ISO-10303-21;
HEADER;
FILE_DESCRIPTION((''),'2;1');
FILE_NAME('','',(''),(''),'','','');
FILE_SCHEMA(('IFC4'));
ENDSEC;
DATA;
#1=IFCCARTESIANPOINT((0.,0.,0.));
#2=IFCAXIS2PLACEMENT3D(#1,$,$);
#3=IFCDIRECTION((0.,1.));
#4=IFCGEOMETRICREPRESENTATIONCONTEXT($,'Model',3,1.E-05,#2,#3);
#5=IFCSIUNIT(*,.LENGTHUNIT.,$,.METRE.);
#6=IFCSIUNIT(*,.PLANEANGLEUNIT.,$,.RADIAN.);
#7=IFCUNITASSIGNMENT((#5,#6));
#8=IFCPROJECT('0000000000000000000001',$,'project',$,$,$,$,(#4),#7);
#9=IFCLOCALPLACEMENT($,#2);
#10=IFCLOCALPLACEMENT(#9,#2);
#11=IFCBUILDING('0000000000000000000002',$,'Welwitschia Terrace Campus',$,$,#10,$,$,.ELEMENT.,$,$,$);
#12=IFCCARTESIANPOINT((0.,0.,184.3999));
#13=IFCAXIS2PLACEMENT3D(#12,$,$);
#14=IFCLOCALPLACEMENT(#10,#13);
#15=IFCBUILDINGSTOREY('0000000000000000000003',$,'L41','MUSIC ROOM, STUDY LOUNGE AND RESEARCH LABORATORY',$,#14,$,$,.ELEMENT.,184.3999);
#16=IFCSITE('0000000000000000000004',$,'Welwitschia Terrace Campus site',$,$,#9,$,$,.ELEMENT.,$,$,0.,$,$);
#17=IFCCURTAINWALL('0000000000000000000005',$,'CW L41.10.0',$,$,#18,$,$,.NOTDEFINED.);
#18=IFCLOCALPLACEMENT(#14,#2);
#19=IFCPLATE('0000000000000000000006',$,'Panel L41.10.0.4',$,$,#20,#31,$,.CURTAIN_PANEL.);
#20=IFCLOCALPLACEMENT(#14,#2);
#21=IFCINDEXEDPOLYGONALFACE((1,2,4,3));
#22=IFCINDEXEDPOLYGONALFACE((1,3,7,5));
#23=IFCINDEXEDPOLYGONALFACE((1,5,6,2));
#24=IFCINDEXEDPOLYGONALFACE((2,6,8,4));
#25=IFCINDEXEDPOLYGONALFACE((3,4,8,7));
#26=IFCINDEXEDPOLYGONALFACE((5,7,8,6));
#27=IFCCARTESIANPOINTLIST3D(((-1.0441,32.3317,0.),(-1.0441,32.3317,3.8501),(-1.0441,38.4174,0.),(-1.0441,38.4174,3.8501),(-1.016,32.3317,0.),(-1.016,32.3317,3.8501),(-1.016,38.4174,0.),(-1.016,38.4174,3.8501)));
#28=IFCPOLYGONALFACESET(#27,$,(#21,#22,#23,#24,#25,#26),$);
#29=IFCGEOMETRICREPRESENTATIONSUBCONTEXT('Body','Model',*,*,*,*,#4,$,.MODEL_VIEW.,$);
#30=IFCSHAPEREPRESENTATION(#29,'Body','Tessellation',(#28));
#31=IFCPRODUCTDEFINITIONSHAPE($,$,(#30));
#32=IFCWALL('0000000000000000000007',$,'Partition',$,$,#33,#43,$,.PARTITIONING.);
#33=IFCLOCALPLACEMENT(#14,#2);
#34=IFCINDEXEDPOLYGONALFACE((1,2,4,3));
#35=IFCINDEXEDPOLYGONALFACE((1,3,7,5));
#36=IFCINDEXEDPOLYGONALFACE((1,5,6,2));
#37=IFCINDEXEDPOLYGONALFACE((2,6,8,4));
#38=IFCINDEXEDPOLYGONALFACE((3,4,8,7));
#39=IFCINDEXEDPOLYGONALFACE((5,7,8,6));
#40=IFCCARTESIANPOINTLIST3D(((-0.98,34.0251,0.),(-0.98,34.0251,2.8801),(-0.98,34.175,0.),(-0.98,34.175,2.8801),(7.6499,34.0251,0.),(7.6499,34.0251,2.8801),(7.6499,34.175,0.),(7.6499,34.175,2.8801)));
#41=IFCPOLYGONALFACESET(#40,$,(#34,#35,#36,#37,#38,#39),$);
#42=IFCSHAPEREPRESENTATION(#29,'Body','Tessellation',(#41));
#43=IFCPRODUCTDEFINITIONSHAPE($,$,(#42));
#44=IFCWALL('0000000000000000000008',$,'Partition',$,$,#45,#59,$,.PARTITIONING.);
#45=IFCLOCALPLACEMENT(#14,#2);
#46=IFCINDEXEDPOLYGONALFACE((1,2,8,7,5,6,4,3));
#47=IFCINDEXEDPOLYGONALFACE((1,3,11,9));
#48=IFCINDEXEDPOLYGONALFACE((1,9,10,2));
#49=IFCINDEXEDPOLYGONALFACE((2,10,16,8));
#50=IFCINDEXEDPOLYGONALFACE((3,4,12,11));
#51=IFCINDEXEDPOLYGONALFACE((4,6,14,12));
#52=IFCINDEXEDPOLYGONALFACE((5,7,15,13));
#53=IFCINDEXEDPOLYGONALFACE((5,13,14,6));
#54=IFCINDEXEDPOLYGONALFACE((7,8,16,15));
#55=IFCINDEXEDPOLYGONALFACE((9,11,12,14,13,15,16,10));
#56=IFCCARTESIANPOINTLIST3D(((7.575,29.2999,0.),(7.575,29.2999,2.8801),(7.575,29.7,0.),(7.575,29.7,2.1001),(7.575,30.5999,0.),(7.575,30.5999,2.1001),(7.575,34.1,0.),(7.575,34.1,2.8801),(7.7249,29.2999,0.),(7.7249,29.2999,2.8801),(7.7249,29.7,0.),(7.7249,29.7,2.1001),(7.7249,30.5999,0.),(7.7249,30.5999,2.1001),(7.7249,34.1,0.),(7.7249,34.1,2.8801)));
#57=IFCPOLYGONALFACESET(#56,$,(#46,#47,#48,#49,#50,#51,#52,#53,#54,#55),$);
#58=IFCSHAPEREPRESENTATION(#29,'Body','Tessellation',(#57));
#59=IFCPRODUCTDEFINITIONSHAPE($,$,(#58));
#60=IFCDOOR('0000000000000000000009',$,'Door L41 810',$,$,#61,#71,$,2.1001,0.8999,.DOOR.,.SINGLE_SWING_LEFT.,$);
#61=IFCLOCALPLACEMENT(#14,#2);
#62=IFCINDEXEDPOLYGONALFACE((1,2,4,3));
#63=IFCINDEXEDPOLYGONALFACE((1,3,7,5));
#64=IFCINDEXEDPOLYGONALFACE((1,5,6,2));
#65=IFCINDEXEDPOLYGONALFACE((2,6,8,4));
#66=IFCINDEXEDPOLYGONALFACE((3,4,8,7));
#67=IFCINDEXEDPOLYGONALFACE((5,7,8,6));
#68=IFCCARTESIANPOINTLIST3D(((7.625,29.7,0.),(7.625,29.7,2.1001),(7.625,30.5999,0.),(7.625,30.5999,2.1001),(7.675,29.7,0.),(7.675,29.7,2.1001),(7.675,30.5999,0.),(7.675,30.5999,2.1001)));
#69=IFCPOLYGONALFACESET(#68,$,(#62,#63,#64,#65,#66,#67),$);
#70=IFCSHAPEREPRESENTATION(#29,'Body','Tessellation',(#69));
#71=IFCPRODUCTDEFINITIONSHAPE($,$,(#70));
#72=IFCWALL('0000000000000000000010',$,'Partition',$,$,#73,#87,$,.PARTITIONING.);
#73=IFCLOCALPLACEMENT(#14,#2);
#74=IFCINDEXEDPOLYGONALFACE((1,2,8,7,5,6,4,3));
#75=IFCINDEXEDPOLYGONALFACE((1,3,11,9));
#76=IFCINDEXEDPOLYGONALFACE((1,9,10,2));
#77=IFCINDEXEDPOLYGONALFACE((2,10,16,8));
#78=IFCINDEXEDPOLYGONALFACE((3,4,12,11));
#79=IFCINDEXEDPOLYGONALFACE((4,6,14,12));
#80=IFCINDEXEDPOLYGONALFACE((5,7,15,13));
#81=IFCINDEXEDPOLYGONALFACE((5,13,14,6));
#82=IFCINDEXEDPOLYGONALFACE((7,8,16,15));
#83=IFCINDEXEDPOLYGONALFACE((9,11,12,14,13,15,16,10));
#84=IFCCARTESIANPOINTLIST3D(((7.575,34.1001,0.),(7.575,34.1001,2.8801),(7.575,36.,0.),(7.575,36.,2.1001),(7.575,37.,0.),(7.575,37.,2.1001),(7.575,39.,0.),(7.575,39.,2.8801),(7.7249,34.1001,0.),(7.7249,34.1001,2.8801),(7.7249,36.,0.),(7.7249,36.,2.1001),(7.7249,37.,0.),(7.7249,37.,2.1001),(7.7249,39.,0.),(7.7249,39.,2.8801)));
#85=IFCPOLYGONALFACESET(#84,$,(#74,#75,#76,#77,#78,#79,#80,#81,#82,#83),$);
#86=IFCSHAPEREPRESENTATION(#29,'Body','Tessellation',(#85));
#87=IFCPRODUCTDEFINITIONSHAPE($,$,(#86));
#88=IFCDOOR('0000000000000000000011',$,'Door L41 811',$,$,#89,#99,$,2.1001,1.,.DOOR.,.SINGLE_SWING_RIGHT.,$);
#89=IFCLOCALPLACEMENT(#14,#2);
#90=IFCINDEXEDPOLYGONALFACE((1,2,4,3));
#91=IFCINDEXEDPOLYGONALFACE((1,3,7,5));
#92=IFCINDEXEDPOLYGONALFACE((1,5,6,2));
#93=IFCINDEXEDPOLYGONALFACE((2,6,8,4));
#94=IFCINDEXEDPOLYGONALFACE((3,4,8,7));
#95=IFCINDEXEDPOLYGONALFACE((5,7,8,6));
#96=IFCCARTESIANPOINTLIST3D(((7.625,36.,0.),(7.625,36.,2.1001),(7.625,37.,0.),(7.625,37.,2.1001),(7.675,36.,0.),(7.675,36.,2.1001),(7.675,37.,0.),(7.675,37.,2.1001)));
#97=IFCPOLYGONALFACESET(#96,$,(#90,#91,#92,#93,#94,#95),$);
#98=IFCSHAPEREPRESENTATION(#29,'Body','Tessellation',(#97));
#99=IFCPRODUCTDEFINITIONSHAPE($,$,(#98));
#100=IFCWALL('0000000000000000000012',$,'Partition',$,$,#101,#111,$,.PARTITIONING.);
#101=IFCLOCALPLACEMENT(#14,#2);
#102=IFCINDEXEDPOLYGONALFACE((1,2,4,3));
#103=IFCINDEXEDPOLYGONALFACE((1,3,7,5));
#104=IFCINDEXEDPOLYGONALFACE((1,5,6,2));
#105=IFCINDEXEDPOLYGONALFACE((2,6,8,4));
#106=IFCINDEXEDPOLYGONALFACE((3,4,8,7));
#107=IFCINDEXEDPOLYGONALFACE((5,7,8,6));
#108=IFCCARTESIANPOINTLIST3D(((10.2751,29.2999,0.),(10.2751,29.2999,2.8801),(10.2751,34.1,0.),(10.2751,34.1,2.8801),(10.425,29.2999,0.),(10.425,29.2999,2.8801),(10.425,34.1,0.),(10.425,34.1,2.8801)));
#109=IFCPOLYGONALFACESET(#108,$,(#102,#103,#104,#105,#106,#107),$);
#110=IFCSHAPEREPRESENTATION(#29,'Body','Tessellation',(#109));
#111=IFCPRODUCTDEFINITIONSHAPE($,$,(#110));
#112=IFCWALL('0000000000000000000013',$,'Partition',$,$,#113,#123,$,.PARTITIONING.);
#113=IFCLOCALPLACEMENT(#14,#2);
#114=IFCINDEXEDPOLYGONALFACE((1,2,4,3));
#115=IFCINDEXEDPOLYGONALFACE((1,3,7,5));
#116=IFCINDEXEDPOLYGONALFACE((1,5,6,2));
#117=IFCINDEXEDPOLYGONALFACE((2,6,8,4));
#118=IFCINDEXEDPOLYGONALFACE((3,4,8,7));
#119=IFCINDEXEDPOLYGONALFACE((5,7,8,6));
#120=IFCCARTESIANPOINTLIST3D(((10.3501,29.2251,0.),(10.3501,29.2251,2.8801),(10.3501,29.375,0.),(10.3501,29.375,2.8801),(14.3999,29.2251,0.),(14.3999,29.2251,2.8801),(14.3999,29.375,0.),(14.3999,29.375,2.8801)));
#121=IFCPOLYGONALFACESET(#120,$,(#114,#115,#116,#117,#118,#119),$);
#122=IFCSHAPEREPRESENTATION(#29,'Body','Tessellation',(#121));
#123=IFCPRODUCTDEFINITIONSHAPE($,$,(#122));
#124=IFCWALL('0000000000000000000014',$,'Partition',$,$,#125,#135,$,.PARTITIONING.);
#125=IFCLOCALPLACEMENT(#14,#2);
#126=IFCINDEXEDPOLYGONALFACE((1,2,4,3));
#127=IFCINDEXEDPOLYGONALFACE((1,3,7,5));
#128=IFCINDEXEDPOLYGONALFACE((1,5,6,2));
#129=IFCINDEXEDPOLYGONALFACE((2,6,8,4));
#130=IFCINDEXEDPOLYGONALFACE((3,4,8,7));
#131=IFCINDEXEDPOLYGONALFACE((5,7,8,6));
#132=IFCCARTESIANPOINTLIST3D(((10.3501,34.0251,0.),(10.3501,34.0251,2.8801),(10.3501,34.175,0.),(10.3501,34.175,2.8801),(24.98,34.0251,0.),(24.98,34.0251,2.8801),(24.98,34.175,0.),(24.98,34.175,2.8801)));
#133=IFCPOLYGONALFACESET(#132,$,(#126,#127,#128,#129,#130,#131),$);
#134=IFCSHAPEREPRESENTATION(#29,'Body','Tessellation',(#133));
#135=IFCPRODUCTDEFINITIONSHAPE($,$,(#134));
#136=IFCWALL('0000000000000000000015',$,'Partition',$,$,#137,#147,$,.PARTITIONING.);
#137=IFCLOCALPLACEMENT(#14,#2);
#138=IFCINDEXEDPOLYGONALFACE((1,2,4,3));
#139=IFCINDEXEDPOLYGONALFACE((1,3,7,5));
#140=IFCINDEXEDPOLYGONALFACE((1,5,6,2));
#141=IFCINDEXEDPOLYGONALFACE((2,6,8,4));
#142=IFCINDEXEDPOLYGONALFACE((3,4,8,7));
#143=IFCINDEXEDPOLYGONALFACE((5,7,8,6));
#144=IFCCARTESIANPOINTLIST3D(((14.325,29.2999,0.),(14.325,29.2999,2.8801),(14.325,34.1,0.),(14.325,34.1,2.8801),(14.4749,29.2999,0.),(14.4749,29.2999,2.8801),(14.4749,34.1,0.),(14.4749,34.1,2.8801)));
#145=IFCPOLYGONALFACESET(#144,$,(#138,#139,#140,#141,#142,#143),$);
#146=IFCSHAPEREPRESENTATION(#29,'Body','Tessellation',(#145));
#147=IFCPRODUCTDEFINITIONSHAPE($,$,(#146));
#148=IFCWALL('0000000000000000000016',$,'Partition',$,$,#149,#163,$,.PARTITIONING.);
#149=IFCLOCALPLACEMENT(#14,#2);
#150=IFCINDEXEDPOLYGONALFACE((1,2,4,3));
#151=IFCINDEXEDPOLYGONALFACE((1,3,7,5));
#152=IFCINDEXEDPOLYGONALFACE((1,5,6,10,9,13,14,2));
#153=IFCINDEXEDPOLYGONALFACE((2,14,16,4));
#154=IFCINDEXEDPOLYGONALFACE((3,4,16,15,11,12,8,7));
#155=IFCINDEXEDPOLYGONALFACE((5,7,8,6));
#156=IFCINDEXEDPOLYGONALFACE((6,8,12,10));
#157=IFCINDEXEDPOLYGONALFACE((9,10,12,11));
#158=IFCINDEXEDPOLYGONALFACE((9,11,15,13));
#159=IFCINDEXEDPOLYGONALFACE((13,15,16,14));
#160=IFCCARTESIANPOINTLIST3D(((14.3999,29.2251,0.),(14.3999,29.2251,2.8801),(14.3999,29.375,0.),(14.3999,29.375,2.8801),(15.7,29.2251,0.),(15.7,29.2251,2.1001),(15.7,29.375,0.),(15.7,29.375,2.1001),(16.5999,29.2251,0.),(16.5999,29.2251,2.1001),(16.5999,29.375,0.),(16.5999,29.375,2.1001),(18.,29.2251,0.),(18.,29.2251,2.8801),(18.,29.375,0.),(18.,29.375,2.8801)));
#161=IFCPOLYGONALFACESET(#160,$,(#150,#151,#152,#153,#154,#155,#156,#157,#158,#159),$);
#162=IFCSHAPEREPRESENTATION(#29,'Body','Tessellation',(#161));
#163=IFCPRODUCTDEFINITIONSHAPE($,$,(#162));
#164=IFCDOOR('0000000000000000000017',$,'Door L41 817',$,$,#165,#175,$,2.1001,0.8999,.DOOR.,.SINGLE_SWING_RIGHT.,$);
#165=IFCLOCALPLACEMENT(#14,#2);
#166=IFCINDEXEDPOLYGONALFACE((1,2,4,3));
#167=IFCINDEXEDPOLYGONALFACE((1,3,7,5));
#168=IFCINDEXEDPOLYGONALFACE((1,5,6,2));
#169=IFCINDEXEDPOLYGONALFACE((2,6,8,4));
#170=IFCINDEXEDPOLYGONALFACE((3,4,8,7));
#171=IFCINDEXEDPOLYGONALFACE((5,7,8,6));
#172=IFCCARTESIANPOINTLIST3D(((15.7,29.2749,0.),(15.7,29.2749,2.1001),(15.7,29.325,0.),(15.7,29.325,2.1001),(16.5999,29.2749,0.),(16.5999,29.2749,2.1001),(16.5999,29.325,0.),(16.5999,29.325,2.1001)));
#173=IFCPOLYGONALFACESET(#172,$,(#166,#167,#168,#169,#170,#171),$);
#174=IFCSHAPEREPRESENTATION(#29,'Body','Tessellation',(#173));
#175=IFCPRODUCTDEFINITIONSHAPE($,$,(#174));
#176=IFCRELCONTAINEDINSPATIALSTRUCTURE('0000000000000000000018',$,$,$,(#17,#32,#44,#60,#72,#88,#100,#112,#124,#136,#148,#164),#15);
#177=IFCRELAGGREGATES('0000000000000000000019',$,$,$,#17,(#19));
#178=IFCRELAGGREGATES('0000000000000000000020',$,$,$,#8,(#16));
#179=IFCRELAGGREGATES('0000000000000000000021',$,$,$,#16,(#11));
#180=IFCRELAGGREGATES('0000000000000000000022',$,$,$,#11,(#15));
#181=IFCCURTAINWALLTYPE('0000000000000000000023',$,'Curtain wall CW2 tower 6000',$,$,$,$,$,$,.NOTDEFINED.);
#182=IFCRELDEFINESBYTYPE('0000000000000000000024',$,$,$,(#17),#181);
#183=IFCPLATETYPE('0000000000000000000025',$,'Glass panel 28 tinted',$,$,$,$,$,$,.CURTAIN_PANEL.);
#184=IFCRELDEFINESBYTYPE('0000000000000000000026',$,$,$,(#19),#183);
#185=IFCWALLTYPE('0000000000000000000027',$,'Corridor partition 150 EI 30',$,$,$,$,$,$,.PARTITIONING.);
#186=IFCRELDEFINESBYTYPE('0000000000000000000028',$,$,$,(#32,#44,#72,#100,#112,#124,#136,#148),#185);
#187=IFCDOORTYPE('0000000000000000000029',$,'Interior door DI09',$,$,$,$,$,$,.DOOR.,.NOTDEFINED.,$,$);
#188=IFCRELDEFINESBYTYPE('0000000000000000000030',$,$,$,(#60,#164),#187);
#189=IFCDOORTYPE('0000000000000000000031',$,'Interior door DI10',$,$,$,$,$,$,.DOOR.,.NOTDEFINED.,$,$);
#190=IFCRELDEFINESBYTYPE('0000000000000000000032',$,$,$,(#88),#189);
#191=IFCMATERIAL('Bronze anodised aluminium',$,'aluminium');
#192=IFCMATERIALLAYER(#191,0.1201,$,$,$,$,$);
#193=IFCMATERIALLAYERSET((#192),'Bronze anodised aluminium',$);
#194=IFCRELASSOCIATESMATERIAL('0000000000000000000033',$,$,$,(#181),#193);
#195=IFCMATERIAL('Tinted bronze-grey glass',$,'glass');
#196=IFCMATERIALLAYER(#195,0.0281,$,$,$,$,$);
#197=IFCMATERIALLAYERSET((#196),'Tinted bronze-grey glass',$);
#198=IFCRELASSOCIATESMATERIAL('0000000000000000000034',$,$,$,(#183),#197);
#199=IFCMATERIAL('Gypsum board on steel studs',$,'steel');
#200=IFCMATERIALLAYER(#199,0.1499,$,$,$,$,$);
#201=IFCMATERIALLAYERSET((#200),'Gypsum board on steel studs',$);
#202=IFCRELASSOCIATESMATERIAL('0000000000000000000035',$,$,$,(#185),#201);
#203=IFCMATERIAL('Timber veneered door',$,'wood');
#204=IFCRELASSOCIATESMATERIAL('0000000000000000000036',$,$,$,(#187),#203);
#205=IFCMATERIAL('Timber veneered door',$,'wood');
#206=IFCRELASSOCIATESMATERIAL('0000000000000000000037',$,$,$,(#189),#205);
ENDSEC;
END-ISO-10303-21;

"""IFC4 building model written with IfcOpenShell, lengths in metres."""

from ifc_helpers import new_model, si_unit, direction, frame, frame_2d, origin, origin_2d, place, context, subcontext, project, spatial, rectangle, extrude, material, layer, layer_set, type_object, element, fill, aggregate, save


model = new_model("IFC4")

# Units and contexts
model_context = context("Model", 3, precision=1e-05, world=origin(), true_north=direction((0.0, 1.0)))
body_context = subcontext(model_context, "Body", "Model", "MODEL_VIEW")
ifc_project = project(units=[si_unit("LENGTHUNIT", "METRE"), si_unit("PLANEANGLEUNIT", "RADIAN")], contexts=[model_context])

# Site, building, storey
site_placement = place(None, origin())
site = spatial("IfcSite", under=ifc_project, at=site_placement, Name="Welwitschia Terrace Campus site", CompositionType="ELEMENT", RefElevation=0.0)
building_placement = place(site_placement, origin())
building = spatial("IfcBuilding", under=site, at=building_placement, Name="Welwitschia Terrace Campus", CompositionType="ELEMENT")
storey_placement = place(building_placement, frame((0.0, 0.0, 184.3999)))
storey = spatial("IfcBuildingStorey", under=building, at=storey_placement, Name="L41", Description="MUSIC ROOM, STUDY LOUNGE AND RESEARCH LABORATORY", CompositionType="ELEMENT", Elevation=184.3999)

# Curtain wall
ifc_material_1 = material(Name="Bronze anodised aluminium", Category="aluminium")
ifc_layer_1 = layer(ifc_material_1, 0.1201)
ifc_layer_set_1 = layer_set([ifc_layer_1], Name="Bronze anodised aluminium")
curtain_wall_type = type_object("IfcCurtainWallType", Name="Curtain wall CW2 tower 6000", PredefinedType="NOTDEFINED", material=ifc_layer_set_1)
curtain_wall_placement = place(storey_placement, origin())
curtain_wall = element("IfcCurtainWall", 1, at=curtain_wall_placement, inside=storey, type_object=curtain_wall_type, Name="CW L41.10.0", PredefinedType="NOTDEFINED")

# Plate
ifc_material_2 = material(Name="Tinted bronze-grey glass", Category="glass")
ifc_layer_2 = layer(ifc_material_2, 0.0281)
ifc_layer_set_2 = layer_set([ifc_layer_2], Name="Tinted bronze-grey glass")
plate_type = type_object("IfcPlateType", Name="Glass panel 28 tinted", PredefinedType="CURTAIN_PANEL", material=ifc_layer_set_2)
plate_placement = place(storey_placement, frame((-1.03, 35.3745, 0.0), z_axis=(0.0, 0.0, 1.0), x_axis=(0.0, -1.0, 0.0)))
plate = element("IfcPlate", 2, at=plate_placement, type_object=plate_type, Name="Panel L41.10.0.4", PredefinedType="CURTAIN_PANEL", context=body_context, shape_type="SweptSolid", body=[
    extrude(rectangle(XDim=6.0857, YDim=0.0281, at=origin_2d()), origin(), (0.0, 0.0, 1.0), 3.8501),
])
aggregate(curtain_wall, [plate])

# Wall
ifc_material_3 = material(Name="Gypsum board on steel studs", Category="steel")
ifc_layer_3 = layer(ifc_material_3, 0.1499)
ifc_layer_set_3 = layer_set([ifc_layer_3], Name="Gypsum board on steel studs")
wall_type = type_object("IfcWallType", Name="Corridor partition 150 EI 30", PredefinedType="PARTITIONING", material=ifc_layer_set_3)
wall_1_placement = place(storey_placement, frame((-0.98, 34.1001, 0.0), z_axis=(0.0, 0.0, 1.0), x_axis=(1.0, 0.0, 0.0)))
element("IfcWall", 3, at=wall_1_placement, inside=storey, type_object=wall_type, Name="Partition", PredefinedType="PARTITIONING", context=body_context, shape_type="SweptSolid", body=[
    extrude(rectangle(XDim=8.6299, YDim=0.1499, at=frame_2d((4.3149, 0.0))), origin(), (0.0, 0.0, 1.0), 2.8801),
])

# Walls, openings, doors
wall_2_placement = place(storey_placement, frame((7.6499, 29.3, 0.0), z_axis=(0.0, 0.0, 1.0), x_axis=(0.0, 1.0, 0.0)))
wall_2 = element("IfcWall", 4, at=wall_2_placement, inside=storey, type_object=wall_type, Name="Partition", PredefinedType="PARTITIONING", context=body_context, shape_type="SweptSolid", body=[
    extrude(rectangle(XDim=4.8, YDim=0.1499, at=frame_2d((2.3999, 0.0))), origin(), (0.0, 0.0, 1.0), 2.8801),
])
opening_1_placement = place(wall_2_placement, frame((0.3999, 0.0, 0.0)))
opening_1 = element("IfcOpeningElement", 5, at=opening_1_placement, cuts=wall_2, PredefinedType="OPENING", context=body_context, shape_type="SweptSolid", body=[
    extrude(rectangle(XDim=0.8999, YDim=2.1001, at=frame_2d((0.45, 1.05))), frame((0.0, 0.085, 0.0), z_axis=(0.0, -1.0, 0.0), x_axis=(1.0, 0.0, 0.0)), (0.0, 0.0, 1.0), 0.1699),
])
ifc_material_4 = material(Name="Timber veneered door", Category="wood")
door_type_1 = type_object("IfcDoorType", Name="Interior door DI09", OperationType="NOTDEFINED", PredefinedType="DOOR", material=ifc_material_4)
door_1_placement = place(opening_1_placement, origin())
door_1 = element("IfcDoor", 6, at=door_1_placement, inside=storey, type_object=door_type_1, Name="Door L41 810", OperationType="SINGLE_SWING_LEFT", OverallHeight=2.1001, OverallWidth=0.8999, PredefinedType="DOOR", context=body_context, shape_type="SweptSolid", body=[
    extrude(rectangle(XDim=0.8999, YDim=2.1001, at=frame_2d((0.45, 1.05))), frame((0.0, 0.0249, 0.0), z_axis=(0.0, -1.0, 0.0), x_axis=(1.0, 0.0, 0.0)), (0.0, 0.0, 1.0), 0.05),
])
fill(opening_1, door_1)
wall_3_placement = place(storey_placement, frame((7.6499, 34.1001, 0.0), z_axis=(0.0, 0.0, 1.0), x_axis=(0.0, 1.0, 0.0)))
wall_3 = element("IfcWall", 7, at=wall_3_placement, inside=storey, type_object=wall_type, Name="Partition", PredefinedType="PARTITIONING", context=body_context, shape_type="SweptSolid", body=[
    extrude(rectangle(XDim=4.8999, YDim=0.1499, at=frame_2d((2.45, 0.0))), origin(), (0.0, 0.0, 1.0), 2.8801),
])
opening_2_placement = place(wall_3_placement, frame((1.8999, 0.0, 0.0)))
opening_2 = element("IfcOpeningElement", 8, at=opening_2_placement, cuts=wall_3, PredefinedType="OPENING", context=body_context, shape_type="SweptSolid", body=[
    extrude(rectangle(XDim=1.0, YDim=2.1001, at=frame_2d((0.5, 1.05))), frame((0.0, 0.085, 0.0), z_axis=(0.0, -1.0, 0.0), x_axis=(1.0, 0.0, 0.0)), (0.0, 0.0, 1.0), 0.1699),
])
ifc_material_5 = material(Name="Timber veneered door", Category="wood")
door_type_2 = type_object("IfcDoorType", Name="Interior door DI10", OperationType="NOTDEFINED", PredefinedType="DOOR", material=ifc_material_5)
door_2_placement = place(opening_2_placement, origin())
door_2 = element("IfcDoor", 9, at=door_2_placement, inside=storey, type_object=door_type_2, Name="Door L41 811", OperationType="SINGLE_SWING_RIGHT", OverallHeight=2.1001, OverallWidth=1.0, PredefinedType="DOOR", context=body_context, shape_type="SweptSolid", body=[
    extrude(rectangle(XDim=1.0, YDim=2.1001, at=frame_2d((0.5, 1.05))), frame((0.0, 0.0249, 0.0), z_axis=(0.0, -1.0, 0.0), x_axis=(1.0, 0.0, 0.0)), (0.0, 0.0, 1.0), 0.05),
])
fill(opening_2, door_2)

# Walls
wall_4_placement = place(storey_placement, frame((10.3501, 29.3, 0.0), z_axis=(0.0, 0.0, 1.0), x_axis=(0.0, 1.0, 0.0)))
element("IfcWall", 10, at=wall_4_placement, inside=storey, type_object=wall_type, Name="Partition", PredefinedType="PARTITIONING", context=body_context, shape_type="SweptSolid", body=[
    extrude(rectangle(XDim=4.8, YDim=0.1499, at=frame_2d((2.3999, 0.0))), origin(), (0.0, 0.0, 1.0), 2.8801),
])
wall_5_placement = place(storey_placement, frame((10.3501, 29.3, 0.0), z_axis=(0.0, 0.0, 1.0), x_axis=(1.0, 0.0, 0.0)))
element("IfcWall", 11, at=wall_5_placement, inside=storey, type_object=wall_type, Name="Partition", PredefinedType="PARTITIONING", context=body_context, shape_type="SweptSolid", body=[
    extrude(rectangle(XDim=4.0498, YDim=0.1499, at=frame_2d((2.0249, 0.0))), origin(), (0.0, 0.0, 1.0), 2.8801),
])
wall_6_placement = place(storey_placement, frame((10.3501, 34.1001, 0.0), z_axis=(0.0, 0.0, 1.0), x_axis=(1.0, 0.0, 0.0)))
element("IfcWall", 12, at=wall_6_placement, inside=storey, type_object=wall_type, Name="Partition", PredefinedType="PARTITIONING", context=body_context, shape_type="SweptSolid", body=[
    extrude(rectangle(XDim=14.6299, YDim=0.1499, at=frame_2d((7.3149, 0.0))), origin(), (0.0, 0.0, 1.0), 2.8801),
])
wall_7_placement = place(storey_placement, frame((14.3999, 29.3, 0.0), z_axis=(0.0, 0.0, 1.0), x_axis=(0.0, 1.0, 0.0)))
element("IfcWall", 13, at=wall_7_placement, inside=storey, type_object=wall_type, Name="Partition", PredefinedType="PARTITIONING", context=body_context, shape_type="SweptSolid", body=[
    extrude(rectangle(XDim=4.8, YDim=0.1499, at=frame_2d((2.3999, 0.0))), origin(), (0.0, 0.0, 1.0), 2.8801),
])

# Wall, opening, door
wall_8_placement = place(storey_placement, frame((14.3999, 29.3, 0.0), z_axis=(0.0, 0.0, 1.0), x_axis=(1.0, 0.0, 0.0)))
wall_8 = element("IfcWall", 14, at=wall_8_placement, inside=storey, type_object=wall_type, Name="Partition", PredefinedType="PARTITIONING", context=body_context, shape_type="SweptSolid", body=[
    extrude(rectangle(XDim=3.6001, YDim=0.1499, at=frame_2d((1.8, 0.0))), origin(), (0.0, 0.0, 1.0), 2.8801),
])
opening_3_placement = place(wall_8_placement, frame((1.3, 0.0, 0.0)))
opening_3 = element("IfcOpeningElement", 15, at=opening_3_placement, cuts=wall_8, PredefinedType="OPENING", context=body_context, shape_type="SweptSolid", body=[
    extrude(rectangle(XDim=0.8999, YDim=2.1001, at=frame_2d((0.45, 1.05))), frame((0.0, 0.085, 0.0), z_axis=(0.0, -1.0, 0.0), x_axis=(1.0, 0.0, 0.0)), (0.0, 0.0, 1.0), 0.1699),
])
door_3_placement = place(opening_3_placement, origin())
door_3 = element("IfcDoor", 16, at=door_3_placement, inside=storey, type_object=door_type_1, Name="Door L41 817", OperationType="SINGLE_SWING_RIGHT", OverallHeight=2.1001, OverallWidth=0.8999, PredefinedType="DOOR", context=body_context, shape_type="SweptSolid", body=[
    extrude(rectangle(XDim=0.8999, YDim=2.1001, at=frame_2d((0.45, 1.05))), frame((0.0, 0.0249, 0.0), z_axis=(0.0, -1.0, 0.0), x_axis=(1.0, 0.0, 0.0)), (0.0, 0.0, 1.0), 0.05),
])
fill(opening_3, door_3)

save(model, "model.ifc")
